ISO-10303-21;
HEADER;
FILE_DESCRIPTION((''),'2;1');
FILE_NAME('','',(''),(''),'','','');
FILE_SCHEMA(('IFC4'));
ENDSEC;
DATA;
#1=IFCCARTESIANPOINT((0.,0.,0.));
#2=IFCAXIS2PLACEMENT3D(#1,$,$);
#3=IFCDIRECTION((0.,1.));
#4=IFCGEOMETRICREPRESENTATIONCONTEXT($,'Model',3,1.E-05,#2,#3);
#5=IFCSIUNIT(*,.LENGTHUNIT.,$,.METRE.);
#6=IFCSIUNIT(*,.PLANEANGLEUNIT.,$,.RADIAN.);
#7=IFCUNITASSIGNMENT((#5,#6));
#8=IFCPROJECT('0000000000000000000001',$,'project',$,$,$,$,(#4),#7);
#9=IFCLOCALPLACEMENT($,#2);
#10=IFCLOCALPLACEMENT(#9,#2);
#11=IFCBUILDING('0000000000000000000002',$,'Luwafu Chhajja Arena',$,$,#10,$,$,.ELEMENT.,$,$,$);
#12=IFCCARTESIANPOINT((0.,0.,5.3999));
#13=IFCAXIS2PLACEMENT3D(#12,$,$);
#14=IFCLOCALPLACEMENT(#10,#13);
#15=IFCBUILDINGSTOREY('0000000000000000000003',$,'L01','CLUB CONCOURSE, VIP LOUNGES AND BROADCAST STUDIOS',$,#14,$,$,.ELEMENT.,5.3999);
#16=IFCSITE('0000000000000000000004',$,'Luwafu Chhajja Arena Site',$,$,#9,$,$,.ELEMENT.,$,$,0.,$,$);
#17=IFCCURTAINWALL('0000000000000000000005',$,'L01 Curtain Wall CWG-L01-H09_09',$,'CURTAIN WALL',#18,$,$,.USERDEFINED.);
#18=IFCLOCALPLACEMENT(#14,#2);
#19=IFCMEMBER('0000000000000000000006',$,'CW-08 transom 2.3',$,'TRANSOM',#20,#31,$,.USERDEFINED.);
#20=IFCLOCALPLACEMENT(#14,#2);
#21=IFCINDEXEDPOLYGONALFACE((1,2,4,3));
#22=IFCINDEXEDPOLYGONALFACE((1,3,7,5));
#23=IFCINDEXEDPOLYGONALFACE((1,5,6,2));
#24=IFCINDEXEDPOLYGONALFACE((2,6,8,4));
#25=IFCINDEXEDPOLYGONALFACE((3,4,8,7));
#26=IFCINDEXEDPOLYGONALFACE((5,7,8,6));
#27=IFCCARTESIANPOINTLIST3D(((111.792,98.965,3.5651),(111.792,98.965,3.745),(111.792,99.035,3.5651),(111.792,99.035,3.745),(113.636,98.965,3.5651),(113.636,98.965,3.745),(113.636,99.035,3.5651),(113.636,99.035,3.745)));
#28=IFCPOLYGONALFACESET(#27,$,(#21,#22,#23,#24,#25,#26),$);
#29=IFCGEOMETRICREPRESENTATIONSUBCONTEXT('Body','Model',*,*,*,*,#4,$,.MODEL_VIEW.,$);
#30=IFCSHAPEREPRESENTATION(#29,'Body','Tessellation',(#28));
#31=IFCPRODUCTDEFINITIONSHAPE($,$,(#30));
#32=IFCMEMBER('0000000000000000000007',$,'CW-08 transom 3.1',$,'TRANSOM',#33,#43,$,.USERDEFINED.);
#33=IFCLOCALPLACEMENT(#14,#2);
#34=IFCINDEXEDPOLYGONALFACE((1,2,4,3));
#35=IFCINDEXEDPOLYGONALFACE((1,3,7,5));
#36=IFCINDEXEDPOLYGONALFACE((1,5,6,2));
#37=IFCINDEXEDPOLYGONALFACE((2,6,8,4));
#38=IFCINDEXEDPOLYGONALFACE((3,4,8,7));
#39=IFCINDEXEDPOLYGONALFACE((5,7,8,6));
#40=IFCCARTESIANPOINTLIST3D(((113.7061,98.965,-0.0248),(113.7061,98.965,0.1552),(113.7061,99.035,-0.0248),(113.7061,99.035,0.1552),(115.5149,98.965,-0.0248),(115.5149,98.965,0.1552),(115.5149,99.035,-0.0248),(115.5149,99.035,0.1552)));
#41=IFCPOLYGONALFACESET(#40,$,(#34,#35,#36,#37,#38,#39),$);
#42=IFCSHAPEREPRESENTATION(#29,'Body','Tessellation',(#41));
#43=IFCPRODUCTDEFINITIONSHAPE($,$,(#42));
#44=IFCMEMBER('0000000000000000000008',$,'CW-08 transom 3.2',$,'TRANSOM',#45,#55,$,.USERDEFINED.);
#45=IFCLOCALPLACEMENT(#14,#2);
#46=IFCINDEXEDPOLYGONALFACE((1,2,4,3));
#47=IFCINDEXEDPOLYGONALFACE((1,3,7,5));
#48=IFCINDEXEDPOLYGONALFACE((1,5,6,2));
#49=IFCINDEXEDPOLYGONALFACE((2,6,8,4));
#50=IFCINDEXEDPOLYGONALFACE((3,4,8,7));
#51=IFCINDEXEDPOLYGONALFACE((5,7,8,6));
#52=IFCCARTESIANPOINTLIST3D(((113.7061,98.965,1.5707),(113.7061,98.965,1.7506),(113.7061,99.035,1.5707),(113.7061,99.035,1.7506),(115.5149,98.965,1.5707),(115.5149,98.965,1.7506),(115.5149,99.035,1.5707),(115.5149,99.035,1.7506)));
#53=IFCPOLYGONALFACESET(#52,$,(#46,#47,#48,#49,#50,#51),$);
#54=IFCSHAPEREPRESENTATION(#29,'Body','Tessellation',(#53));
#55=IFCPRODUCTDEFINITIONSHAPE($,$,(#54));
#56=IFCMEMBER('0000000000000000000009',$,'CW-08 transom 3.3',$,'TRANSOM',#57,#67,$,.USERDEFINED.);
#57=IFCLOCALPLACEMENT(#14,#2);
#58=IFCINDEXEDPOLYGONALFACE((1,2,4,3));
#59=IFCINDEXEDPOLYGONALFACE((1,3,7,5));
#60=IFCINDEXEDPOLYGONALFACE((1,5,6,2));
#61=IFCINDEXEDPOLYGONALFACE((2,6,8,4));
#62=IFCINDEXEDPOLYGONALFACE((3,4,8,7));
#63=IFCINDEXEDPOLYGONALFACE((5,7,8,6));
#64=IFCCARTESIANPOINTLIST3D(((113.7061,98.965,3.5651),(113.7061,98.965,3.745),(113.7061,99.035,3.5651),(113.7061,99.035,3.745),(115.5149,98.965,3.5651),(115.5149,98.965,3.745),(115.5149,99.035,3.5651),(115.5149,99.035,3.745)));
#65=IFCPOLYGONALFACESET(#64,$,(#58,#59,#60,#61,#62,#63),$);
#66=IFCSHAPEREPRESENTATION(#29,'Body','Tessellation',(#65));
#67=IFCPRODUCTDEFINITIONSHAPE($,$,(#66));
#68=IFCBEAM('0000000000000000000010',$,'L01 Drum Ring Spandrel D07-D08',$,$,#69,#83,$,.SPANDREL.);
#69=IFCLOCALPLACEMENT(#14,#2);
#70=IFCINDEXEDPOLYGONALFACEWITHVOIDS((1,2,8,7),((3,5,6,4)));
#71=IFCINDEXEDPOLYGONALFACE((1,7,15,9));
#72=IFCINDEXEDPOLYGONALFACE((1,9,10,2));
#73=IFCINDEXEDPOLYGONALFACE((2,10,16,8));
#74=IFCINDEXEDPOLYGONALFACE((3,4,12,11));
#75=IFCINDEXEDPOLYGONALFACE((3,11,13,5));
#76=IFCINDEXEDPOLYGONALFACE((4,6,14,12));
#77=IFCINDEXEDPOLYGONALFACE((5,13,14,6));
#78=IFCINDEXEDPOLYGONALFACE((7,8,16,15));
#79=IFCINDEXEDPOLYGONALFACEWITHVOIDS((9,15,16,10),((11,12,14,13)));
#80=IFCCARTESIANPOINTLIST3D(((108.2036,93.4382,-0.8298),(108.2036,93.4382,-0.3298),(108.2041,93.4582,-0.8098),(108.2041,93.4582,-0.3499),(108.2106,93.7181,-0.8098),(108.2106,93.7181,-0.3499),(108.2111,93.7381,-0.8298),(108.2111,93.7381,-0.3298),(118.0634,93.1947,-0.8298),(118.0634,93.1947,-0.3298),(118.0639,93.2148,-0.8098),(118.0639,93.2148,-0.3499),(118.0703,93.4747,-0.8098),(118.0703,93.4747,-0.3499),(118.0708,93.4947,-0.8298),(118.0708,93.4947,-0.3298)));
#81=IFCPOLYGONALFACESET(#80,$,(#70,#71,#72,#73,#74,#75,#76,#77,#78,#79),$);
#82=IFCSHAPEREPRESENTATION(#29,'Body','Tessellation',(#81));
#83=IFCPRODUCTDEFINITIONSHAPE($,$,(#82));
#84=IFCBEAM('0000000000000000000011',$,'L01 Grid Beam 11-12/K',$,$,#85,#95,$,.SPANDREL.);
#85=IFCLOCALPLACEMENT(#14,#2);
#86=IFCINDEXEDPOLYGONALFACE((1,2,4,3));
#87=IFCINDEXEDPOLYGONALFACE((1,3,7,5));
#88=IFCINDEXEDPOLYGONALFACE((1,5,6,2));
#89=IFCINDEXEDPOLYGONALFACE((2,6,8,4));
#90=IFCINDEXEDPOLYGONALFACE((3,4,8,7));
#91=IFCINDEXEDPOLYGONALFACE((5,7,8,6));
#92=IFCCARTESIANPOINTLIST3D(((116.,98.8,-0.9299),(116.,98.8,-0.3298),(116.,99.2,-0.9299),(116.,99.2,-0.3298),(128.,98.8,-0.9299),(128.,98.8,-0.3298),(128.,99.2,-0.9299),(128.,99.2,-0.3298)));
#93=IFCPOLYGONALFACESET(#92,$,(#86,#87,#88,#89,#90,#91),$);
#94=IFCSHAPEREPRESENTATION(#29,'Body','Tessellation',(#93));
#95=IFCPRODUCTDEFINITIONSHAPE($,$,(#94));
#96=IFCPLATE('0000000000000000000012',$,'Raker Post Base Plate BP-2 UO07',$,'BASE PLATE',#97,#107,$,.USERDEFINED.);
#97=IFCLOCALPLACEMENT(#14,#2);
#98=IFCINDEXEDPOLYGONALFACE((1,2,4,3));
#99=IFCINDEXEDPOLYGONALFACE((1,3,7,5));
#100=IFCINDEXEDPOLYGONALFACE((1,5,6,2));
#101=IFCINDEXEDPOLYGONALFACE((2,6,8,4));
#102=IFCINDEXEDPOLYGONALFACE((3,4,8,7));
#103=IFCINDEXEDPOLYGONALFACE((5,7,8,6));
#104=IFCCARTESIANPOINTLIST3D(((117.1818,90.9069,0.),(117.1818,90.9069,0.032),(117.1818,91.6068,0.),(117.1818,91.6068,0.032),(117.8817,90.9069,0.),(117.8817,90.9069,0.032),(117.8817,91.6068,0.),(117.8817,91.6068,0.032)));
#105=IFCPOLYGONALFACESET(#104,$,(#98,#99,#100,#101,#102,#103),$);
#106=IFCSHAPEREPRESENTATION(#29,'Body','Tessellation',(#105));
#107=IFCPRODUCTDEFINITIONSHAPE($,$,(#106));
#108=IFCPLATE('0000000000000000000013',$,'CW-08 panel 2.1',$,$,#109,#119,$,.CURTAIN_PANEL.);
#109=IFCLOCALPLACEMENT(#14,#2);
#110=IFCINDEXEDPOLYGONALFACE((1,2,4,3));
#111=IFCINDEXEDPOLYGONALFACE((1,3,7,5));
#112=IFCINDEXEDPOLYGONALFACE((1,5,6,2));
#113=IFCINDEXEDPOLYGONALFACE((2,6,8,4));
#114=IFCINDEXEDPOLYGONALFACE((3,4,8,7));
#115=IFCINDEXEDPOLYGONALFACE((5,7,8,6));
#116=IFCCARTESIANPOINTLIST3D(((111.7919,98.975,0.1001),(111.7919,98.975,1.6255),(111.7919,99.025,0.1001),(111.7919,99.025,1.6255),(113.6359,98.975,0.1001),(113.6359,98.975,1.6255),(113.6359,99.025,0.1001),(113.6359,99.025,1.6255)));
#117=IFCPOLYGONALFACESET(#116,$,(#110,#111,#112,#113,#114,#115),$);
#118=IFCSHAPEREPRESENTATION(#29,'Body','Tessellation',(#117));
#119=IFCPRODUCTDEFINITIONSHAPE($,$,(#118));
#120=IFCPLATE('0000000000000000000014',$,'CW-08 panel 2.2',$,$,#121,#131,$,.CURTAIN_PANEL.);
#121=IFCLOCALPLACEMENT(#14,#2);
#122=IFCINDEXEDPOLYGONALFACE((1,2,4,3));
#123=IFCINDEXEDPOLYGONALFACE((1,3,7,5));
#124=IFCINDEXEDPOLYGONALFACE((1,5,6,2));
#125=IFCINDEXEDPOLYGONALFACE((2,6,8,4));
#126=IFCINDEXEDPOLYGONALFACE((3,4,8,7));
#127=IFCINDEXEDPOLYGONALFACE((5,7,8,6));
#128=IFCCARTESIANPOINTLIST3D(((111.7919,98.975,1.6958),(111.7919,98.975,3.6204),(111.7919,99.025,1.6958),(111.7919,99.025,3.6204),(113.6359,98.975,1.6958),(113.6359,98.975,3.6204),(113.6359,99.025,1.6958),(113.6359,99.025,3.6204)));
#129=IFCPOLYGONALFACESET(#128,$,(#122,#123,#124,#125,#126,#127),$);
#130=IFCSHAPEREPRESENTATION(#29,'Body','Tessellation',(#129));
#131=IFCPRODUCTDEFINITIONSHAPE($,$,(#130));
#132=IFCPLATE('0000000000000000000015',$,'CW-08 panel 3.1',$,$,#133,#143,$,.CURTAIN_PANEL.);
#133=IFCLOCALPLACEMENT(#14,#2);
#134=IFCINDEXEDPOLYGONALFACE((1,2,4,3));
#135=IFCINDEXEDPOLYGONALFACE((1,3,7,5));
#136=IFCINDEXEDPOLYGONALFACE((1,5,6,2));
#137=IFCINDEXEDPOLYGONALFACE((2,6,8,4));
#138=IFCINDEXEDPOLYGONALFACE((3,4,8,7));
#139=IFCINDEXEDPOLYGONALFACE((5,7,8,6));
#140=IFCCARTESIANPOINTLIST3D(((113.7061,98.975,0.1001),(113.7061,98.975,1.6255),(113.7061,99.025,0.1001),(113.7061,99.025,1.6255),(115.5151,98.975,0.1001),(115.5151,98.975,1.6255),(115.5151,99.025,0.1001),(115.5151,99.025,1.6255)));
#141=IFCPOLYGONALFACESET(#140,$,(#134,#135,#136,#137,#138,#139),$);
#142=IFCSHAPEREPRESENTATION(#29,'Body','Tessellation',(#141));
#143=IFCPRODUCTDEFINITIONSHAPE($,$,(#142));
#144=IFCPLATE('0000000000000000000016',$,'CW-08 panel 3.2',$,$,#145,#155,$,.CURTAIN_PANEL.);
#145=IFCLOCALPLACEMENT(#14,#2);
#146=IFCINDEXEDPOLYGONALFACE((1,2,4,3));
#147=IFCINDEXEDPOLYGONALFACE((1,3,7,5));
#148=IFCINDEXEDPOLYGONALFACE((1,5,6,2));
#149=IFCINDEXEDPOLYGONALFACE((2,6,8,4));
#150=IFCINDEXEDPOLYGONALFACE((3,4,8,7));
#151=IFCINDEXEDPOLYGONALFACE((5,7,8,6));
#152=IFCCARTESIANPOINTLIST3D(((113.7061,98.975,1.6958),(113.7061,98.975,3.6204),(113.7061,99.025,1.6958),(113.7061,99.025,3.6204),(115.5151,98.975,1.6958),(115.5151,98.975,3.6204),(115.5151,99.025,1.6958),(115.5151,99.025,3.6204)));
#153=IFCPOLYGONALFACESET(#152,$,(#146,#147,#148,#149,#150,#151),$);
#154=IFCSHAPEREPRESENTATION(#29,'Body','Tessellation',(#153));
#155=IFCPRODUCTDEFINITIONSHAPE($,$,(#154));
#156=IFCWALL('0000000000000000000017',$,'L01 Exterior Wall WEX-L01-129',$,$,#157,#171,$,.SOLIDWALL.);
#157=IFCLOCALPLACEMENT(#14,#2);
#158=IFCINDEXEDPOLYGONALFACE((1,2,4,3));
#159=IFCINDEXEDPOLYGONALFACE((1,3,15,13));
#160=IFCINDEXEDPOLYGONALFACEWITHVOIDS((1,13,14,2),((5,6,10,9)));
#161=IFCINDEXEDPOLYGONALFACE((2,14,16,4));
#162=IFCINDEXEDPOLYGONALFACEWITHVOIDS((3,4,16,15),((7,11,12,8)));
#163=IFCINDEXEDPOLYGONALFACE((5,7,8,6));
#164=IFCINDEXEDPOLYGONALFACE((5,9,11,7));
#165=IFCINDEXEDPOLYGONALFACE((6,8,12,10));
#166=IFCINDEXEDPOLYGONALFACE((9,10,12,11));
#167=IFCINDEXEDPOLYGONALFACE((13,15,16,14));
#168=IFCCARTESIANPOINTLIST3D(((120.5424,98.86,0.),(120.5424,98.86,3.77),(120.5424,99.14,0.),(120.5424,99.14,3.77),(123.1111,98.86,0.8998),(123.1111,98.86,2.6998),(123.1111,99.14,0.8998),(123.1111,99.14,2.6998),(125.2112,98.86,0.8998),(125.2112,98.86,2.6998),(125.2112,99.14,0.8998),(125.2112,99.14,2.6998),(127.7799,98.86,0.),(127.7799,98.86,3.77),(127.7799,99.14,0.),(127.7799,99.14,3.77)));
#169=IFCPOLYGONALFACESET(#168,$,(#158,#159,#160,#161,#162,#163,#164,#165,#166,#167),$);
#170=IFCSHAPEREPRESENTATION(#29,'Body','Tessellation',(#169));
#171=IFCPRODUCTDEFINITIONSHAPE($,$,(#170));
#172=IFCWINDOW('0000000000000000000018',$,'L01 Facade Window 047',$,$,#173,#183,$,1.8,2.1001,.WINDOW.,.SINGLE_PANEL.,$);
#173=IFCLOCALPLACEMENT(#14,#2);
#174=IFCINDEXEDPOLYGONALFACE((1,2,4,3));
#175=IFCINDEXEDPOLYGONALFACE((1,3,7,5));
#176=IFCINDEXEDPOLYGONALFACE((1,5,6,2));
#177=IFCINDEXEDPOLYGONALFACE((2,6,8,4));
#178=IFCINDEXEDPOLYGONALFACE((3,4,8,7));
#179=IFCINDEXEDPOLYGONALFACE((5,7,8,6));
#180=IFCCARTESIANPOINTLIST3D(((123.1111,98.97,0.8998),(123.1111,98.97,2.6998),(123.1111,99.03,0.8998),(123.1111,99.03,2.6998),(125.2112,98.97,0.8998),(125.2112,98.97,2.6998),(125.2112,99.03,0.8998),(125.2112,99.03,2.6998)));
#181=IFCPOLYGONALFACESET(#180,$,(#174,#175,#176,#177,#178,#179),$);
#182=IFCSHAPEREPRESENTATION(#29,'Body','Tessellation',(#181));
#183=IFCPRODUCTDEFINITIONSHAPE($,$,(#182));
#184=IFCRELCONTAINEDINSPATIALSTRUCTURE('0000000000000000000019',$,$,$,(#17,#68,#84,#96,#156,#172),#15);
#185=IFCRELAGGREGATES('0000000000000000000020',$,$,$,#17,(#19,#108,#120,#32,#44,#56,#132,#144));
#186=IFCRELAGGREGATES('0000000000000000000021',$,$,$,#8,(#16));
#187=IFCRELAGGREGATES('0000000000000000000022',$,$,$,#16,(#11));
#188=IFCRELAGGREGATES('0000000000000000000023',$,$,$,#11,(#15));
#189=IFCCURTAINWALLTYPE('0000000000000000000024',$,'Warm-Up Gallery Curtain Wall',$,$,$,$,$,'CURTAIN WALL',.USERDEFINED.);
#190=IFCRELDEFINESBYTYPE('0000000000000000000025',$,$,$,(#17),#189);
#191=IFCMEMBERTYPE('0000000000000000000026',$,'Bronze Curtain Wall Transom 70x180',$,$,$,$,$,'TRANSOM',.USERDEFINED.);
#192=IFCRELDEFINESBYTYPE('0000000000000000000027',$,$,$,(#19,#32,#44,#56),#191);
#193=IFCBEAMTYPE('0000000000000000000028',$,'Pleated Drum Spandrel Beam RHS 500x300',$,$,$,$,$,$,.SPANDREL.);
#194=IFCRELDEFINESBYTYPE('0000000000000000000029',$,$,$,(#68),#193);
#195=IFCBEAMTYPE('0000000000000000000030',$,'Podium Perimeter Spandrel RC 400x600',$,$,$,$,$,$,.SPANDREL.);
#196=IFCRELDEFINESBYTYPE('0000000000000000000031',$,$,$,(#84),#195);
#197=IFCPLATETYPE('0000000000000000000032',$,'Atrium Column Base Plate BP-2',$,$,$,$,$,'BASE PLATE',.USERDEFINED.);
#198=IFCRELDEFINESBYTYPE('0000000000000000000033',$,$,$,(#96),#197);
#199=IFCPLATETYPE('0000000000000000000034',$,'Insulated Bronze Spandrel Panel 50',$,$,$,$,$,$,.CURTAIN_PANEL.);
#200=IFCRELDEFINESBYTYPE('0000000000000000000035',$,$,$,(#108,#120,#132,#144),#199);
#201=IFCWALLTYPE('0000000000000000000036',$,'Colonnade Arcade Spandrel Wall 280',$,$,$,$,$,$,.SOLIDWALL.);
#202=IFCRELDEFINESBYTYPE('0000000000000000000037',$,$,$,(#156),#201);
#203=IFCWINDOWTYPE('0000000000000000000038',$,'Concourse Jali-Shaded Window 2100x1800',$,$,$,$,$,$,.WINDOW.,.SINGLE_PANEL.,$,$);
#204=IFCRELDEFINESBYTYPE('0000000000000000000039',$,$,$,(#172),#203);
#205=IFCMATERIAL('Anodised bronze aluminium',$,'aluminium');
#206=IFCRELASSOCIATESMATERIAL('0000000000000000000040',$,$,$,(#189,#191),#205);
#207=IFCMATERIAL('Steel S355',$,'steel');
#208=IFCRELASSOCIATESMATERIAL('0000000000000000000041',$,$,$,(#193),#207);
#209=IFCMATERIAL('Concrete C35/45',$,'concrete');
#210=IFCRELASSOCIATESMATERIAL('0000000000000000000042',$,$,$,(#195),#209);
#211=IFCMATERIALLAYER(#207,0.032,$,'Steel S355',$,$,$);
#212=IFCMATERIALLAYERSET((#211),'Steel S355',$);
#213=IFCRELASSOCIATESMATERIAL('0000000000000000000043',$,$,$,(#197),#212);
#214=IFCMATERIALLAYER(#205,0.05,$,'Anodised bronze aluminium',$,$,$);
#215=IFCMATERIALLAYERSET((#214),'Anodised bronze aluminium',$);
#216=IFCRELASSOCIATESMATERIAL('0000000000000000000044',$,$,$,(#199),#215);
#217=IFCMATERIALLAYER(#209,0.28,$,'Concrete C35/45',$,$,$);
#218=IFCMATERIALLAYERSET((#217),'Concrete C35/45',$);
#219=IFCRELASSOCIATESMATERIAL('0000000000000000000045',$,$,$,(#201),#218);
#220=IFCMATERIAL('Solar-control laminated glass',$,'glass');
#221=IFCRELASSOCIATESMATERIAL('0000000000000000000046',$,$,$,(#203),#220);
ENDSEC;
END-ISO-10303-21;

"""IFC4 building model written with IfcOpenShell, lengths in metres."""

from ifc_helpers import new_model, si_unit, direction, frame, frame_2d, origin, origin_2d, place, context, subcontext, project, spatial, rectangle, hollow_rectangle, extrude, material, layer, layer_set, material_profile, profile_set, type_object, element, fill, aggregate, save


model = new_model("IFC4")

# Units and contexts
model_context = context("Model", 3, precision=1e-05, world=origin(), true_north=direction((0.0, 1.0)))
body_context = subcontext(model_context, "Body", "Model", "MODEL_VIEW")
ifc_project = project(units=[si_unit("LENGTHUNIT", "METRE"), si_unit("PLANEANGLEUNIT", "RADIAN")], contexts=[model_context])

# Site, building, storey
site_placement = place(None, origin())
site = spatial("IfcSite", under=ifc_project, at=site_placement, Name="Luwafu Chhajja Arena Site", CompositionType="ELEMENT", RefElevation=0.0)
building_placement = place(site_placement, origin())
building = spatial("IfcBuilding", under=site, at=building_placement, Name="Luwafu Chhajja Arena", CompositionType="ELEMENT")
storey_placement = place(building_placement, frame((0.0, 0.0, 5.3999)))
storey = spatial("IfcBuildingStorey", under=building, at=storey_placement, Name="L01", Description="CLUB CONCOURSE, VIP LOUNGES AND BROADCAST STUDIOS", CompositionType="ELEMENT", Elevation=5.3999)

# Shared definitions
ifc_material_1 = material(Name="Concrete C35/45", Category="concrete")
ifc_material_2 = material(Name="Steel S355", Category="steel")

# Curtain wall, members
ifc_material_3 = material(Name="Anodised bronze aluminium", Category="aluminium")
curtain_wall_type = type_object("IfcCurtainWallType", Name="Warm-Up Gallery Curtain Wall", ElementType="CURTAIN WALL", PredefinedType="USERDEFINED", material=ifc_material_3)
curtain_wall_placement = place(storey_placement, origin())
curtain_wall = element("IfcCurtainWall", 1, at=curtain_wall_placement, inside=storey, type_object=curtain_wall_type, Name="L01 Curtain Wall CWG-L01-H09_09", ObjectType="CURTAIN WALL", PredefinedType="USERDEFINED")
ifc_material_profile_1 = material_profile(ifc_material_3, rectangle(XDim=0.0701, YDim=0.1799, at=origin_2d()), Name="CWT 70x180")
ifc_profile_set_1 = profile_set([ifc_material_profile_1], Name="Anodised bronze aluminium")
member_type_1 = type_object("IfcMemberType", Name="Bronze Curtain Wall Transom 70x180", ElementType="TRANSOM", PredefinedType="USERDEFINED", material=ifc_profile_set_1)
member_1_placement = place(storey_placement, frame((111.792, 99.0, 3.655), z_axis=(1.0, 0.0, 0.0), x_axis=(0.0, 1.0, 0.0)))
member_1 = element("IfcMember", 2, at=member_1_placement, type_object=member_type_1, Name="CW-08 transom 2.3", ObjectType="TRANSOM", PredefinedType="USERDEFINED", context=body_context, shape_type="SweptSolid", body=[
    extrude(rectangle(XDim=0.0701, YDim=0.1799, at=origin_2d()), origin(), (0.0, 0.0, 1.0), 1.844),
])
member_2_placement = place(storey_placement, frame((113.7061, 99.0, 0.0652), z_axis=(1.0, 0.0, 0.0), x_axis=(0.0, 1.0, 0.0)))
member_2 = element("IfcMember", 3, at=member_2_placement, type_object=member_type_1, Name="CW-08 transom 3.1", ObjectType="TRANSOM", PredefinedType="USERDEFINED", context=body_context, shape_type="SweptSolid", body=[
    extrude(rectangle(XDim=0.0701, YDim=0.1799, at=origin_2d()), origin(), (0.0, 0.0, 1.0), 1.8088),
])
member_3_placement = place(storey_placement, frame((113.7061, 99.0, 1.6606), z_axis=(1.0, 0.0, 0.0), x_axis=(0.0, 1.0, 0.0)))
member_3 = element("IfcMember", 4, at=member_3_placement, type_object=member_type_1, Name="CW-08 transom 3.2", ObjectType="TRANSOM", PredefinedType="USERDEFINED", context=body_context, shape_type="SweptSolid", body=[
    extrude(rectangle(XDim=0.0701, YDim=0.1799, at=origin_2d()), origin(), (0.0, 0.0, 1.0), 1.8088),
])
member_4_placement = place(storey_placement, frame((113.7061, 99.0, 3.655), z_axis=(1.0, 0.0, 0.0), x_axis=(0.0, 1.0, 0.0)))
member_4 = element("IfcMember", 5, at=member_4_placement, type_object=member_type_1, Name="CW-08 transom 3.3", ObjectType="TRANSOM", PredefinedType="USERDEFINED", context=body_context, shape_type="SweptSolid", body=[
    extrude(rectangle(XDim=0.0701, YDim=0.1799, at=origin_2d()), origin(), (0.0, 0.0, 1.0), 1.8088),
])

# Beams
ifc_material_profile_2 = material_profile(ifc_material_2, hollow_rectangle(XDim=0.3, YDim=0.5, WallThickness=0.02, at=origin_2d()), Name="RHS 500x300x20")
ifc_profile_set_2 = profile_set([ifc_material_profile_2], Name="Steel S355")
beam_type_1 = type_object("IfcBeamType", Name="Pleated Drum Spandrel Beam RHS 500x300", PredefinedType="SPANDREL", material=ifc_profile_set_2)
beam_1_placement = place(storey_placement, frame((118.0671, 93.3447, -0.5798), z_axis=(-0.999695, 0.024679, 0.0), x_axis=(-0.024679, -0.999695, 0.0)))
element("IfcBeam", 6, at=beam_1_placement, inside=storey, type_object=beam_type_1, Name="L01 Drum Ring Spandrel D07-D08", PredefinedType="SPANDREL", context=body_context, shape_type="SweptSolid", body=[
    extrude(hollow_rectangle(XDim=0.3, YDim=0.5, WallThickness=0.02, at=origin_2d()), origin(), (0.0, 0.0, 1.0), 9.8628),
])
ifc_material_profile_3 = material_profile(ifc_material_1, rectangle(XDim=0.3999, YDim=0.6001, at=origin_2d()), Name="RC 400x600")
ifc_profile_set_3 = profile_set([ifc_material_profile_3], Name="Concrete C35/45")
beam_type_2 = type_object("IfcBeamType", Name="Podium Perimeter Spandrel RC 400x600", PredefinedType="SPANDREL", material=ifc_profile_set_3)
beam_2_placement = place(storey_placement, frame((116.0, 99.0, -0.6299), z_axis=(1.0, 0.0, 0.0), x_axis=(0.0, 1.0, 0.0)))
element("IfcBeam", 7, at=beam_2_placement, inside=storey, type_object=beam_type_2, Name="L01 Grid Beam 11-12/K", PredefinedType="SPANDREL", context=body_context, shape_type="SweptSolid", body=[
    extrude(rectangle(XDim=0.3999, YDim=0.6001, at=origin_2d()), origin(), (0.0, 0.0, 1.0), 12.0),
])

# Plates
ifc_layer_1 = layer(ifc_material_2, 0.032, Name="Steel S355")
ifc_layer_set_1 = layer_set([ifc_layer_1], Name="Steel S355")
plate_type_1 = type_object("IfcPlateType", Name="Atrium Column Base Plate BP-2", ElementType="BASE PLATE", PredefinedType="USERDEFINED", material=ifc_layer_set_1)
plate_1_placement = place(storey_placement, frame((117.5317, 91.2568, 0.0), z_axis=(0.0, 0.0, 1.0), x_axis=(1.0, 0.0, 0.0)))
element("IfcPlate", 8, at=plate_1_placement, inside=storey, type_object=plate_type_1, Name="Raker Post Base Plate BP-2 UO07", ObjectType="BASE PLATE", PredefinedType="USERDEFINED", context=body_context, shape_type="SweptSolid", body=[
    extrude(rectangle(XDim=0.7, YDim=0.7, at=origin_2d()), origin(), (0.0, 0.0, 1.0), 0.032),
])
ifc_layer_2 = layer(ifc_material_3, 0.05, Name="Anodised bronze aluminium")
ifc_layer_set_2 = layer_set([ifc_layer_2], Name="Anodised bronze aluminium")
plate_type_2 = type_object("IfcPlateType", Name="Insulated Bronze Spandrel Panel 50", PredefinedType="CURTAIN_PANEL", material=ifc_layer_set_2)
plate_2_placement = place(storey_placement, frame((112.7139, 99.0, 0.1001), z_axis=(0.0, 0.0, 1.0), x_axis=(1.0, 0.0, 0.0)))
plate_2 = element("IfcPlate", 9, at=plate_2_placement, type_object=plate_type_2, Name="CW-08 panel 2.1", PredefinedType="CURTAIN_PANEL", context=body_context, shape_type="SweptSolid", body=[
    extrude(rectangle(XDim=1.844, YDim=0.05, at=origin_2d()), origin(), (0.0, 0.0, 1.0), 1.5254),
])
plate_3_placement = place(storey_placement, frame((112.7139, 99.0, 1.6958), z_axis=(0.0, 0.0, 1.0), x_axis=(1.0, 0.0, 0.0)))
plate_3 = element("IfcPlate", 10, at=plate_3_placement, type_object=plate_type_2, Name="CW-08 panel 2.2", PredefinedType="CURTAIN_PANEL", context=body_context, shape_type="SweptSolid", body=[
    extrude(rectangle(XDim=1.844, YDim=0.05, at=origin_2d()), origin(), (0.0, 0.0, 1.0), 1.9246),
])
plate_4_placement = place(storey_placement, frame((114.6106, 99.0, 0.1001), z_axis=(0.0, 0.0, 1.0), x_axis=(1.0, 0.0, 0.0)))
plate_4 = element("IfcPlate", 11, at=plate_4_placement, type_object=plate_type_2, Name="CW-08 panel 3.1", PredefinedType="CURTAIN_PANEL", context=body_context, shape_type="SweptSolid", body=[
    extrude(rectangle(XDim=1.8091, YDim=0.05, at=origin_2d()), origin(), (0.0, 0.0, 1.0), 1.5254),
])
plate_5_placement = place(storey_placement, frame((114.6106, 99.0, 1.6958), z_axis=(0.0, 0.0, 1.0), x_axis=(1.0, 0.0, 0.0)))
plate_5 = element("IfcPlate", 12, at=plate_5_placement, type_object=plate_type_2, Name="CW-08 panel 3.2", PredefinedType="CURTAIN_PANEL", context=body_context, shape_type="SweptSolid", body=[
    extrude(rectangle(XDim=1.8091, YDim=0.05, at=origin_2d()), origin(), (0.0, 0.0, 1.0), 1.9246),
])
aggregate(curtain_wall, [member_1, plate_2, plate_3, member_2, member_3, member_4, plate_4, plate_5])

# Wall, opening, window
ifc_layer_3 = layer(ifc_material_1, 0.28, Name="Concrete C35/45")
ifc_layer_set_3 = layer_set([ifc_layer_3], Name="Concrete C35/45")
wall_type = type_object("IfcWallType", Name="Colonnade Arcade Spandrel Wall 280", PredefinedType="SOLIDWALL", material=ifc_layer_set_3)
wall_placement = place(storey_placement, frame((120.5425, 99.0, 0.0), z_axis=(0.0, 0.0, 1.0), x_axis=(1.0, 0.0, 0.0)))
wall = element("IfcWall", 13, at=wall_placement, inside=storey, type_object=wall_type, Name="L01 Exterior Wall WEX-L01-129", PredefinedType="SOLIDWALL", context=body_context, shape_type="SweptSolid", body=[
    extrude(rectangle(XDim=7.2375, YDim=0.28, at=frame_2d((3.6187, 0.0))), origin(), (0.0, 0.0, 1.0), 3.77),
])
opening_placement = place(wall_placement, frame((2.5686, 0.0, 0.8999)))
opening = element("IfcOpeningElement", 14, at=opening_placement, cuts=wall, PredefinedType="OPENING", context=body_context, shape_type="SweptSolid", body=[
    extrude(rectangle(XDim=2.1001, YDim=1.8, at=frame_2d((1.05, 0.8999))), frame((0.0, 0.1499, 0.0), z_axis=(0.0, -1.0, 0.0), x_axis=(1.0, 0.0, 0.0)), (0.0, 0.0, 1.0), 0.3),
])
ifc_material_4 = material(Name="Solar-control laminated glass", Category="glass")
window_type = type_object("IfcWindowType", Name="Concourse Jali-Shaded Window 2100x1800", PartitioningType="SINGLE_PANEL", PredefinedType="WINDOW", material=ifc_material_4)
window_placement = place(opening_placement, origin())
window = element("IfcWindow", 15, at=window_placement, inside=storey, type_object=window_type, Name="L01 Facade Window 047", OverallHeight=1.8, OverallWidth=2.1001, PartitioningType="SINGLE_PANEL", PredefinedType="WINDOW", context=body_context, shape_type="SweptSolid", body=[
    extrude(rectangle(XDim=2.1001, YDim=1.8, at=frame_2d((1.05, 0.8999))), frame((0.0, 0.03, 0.0), z_axis=(0.0, -1.0, 0.0), x_axis=(1.0, 0.0, 0.0)), (0.0, 0.0, 1.0), 0.0601),
])
fill(opening, window)

save(model, "model.ifc")
